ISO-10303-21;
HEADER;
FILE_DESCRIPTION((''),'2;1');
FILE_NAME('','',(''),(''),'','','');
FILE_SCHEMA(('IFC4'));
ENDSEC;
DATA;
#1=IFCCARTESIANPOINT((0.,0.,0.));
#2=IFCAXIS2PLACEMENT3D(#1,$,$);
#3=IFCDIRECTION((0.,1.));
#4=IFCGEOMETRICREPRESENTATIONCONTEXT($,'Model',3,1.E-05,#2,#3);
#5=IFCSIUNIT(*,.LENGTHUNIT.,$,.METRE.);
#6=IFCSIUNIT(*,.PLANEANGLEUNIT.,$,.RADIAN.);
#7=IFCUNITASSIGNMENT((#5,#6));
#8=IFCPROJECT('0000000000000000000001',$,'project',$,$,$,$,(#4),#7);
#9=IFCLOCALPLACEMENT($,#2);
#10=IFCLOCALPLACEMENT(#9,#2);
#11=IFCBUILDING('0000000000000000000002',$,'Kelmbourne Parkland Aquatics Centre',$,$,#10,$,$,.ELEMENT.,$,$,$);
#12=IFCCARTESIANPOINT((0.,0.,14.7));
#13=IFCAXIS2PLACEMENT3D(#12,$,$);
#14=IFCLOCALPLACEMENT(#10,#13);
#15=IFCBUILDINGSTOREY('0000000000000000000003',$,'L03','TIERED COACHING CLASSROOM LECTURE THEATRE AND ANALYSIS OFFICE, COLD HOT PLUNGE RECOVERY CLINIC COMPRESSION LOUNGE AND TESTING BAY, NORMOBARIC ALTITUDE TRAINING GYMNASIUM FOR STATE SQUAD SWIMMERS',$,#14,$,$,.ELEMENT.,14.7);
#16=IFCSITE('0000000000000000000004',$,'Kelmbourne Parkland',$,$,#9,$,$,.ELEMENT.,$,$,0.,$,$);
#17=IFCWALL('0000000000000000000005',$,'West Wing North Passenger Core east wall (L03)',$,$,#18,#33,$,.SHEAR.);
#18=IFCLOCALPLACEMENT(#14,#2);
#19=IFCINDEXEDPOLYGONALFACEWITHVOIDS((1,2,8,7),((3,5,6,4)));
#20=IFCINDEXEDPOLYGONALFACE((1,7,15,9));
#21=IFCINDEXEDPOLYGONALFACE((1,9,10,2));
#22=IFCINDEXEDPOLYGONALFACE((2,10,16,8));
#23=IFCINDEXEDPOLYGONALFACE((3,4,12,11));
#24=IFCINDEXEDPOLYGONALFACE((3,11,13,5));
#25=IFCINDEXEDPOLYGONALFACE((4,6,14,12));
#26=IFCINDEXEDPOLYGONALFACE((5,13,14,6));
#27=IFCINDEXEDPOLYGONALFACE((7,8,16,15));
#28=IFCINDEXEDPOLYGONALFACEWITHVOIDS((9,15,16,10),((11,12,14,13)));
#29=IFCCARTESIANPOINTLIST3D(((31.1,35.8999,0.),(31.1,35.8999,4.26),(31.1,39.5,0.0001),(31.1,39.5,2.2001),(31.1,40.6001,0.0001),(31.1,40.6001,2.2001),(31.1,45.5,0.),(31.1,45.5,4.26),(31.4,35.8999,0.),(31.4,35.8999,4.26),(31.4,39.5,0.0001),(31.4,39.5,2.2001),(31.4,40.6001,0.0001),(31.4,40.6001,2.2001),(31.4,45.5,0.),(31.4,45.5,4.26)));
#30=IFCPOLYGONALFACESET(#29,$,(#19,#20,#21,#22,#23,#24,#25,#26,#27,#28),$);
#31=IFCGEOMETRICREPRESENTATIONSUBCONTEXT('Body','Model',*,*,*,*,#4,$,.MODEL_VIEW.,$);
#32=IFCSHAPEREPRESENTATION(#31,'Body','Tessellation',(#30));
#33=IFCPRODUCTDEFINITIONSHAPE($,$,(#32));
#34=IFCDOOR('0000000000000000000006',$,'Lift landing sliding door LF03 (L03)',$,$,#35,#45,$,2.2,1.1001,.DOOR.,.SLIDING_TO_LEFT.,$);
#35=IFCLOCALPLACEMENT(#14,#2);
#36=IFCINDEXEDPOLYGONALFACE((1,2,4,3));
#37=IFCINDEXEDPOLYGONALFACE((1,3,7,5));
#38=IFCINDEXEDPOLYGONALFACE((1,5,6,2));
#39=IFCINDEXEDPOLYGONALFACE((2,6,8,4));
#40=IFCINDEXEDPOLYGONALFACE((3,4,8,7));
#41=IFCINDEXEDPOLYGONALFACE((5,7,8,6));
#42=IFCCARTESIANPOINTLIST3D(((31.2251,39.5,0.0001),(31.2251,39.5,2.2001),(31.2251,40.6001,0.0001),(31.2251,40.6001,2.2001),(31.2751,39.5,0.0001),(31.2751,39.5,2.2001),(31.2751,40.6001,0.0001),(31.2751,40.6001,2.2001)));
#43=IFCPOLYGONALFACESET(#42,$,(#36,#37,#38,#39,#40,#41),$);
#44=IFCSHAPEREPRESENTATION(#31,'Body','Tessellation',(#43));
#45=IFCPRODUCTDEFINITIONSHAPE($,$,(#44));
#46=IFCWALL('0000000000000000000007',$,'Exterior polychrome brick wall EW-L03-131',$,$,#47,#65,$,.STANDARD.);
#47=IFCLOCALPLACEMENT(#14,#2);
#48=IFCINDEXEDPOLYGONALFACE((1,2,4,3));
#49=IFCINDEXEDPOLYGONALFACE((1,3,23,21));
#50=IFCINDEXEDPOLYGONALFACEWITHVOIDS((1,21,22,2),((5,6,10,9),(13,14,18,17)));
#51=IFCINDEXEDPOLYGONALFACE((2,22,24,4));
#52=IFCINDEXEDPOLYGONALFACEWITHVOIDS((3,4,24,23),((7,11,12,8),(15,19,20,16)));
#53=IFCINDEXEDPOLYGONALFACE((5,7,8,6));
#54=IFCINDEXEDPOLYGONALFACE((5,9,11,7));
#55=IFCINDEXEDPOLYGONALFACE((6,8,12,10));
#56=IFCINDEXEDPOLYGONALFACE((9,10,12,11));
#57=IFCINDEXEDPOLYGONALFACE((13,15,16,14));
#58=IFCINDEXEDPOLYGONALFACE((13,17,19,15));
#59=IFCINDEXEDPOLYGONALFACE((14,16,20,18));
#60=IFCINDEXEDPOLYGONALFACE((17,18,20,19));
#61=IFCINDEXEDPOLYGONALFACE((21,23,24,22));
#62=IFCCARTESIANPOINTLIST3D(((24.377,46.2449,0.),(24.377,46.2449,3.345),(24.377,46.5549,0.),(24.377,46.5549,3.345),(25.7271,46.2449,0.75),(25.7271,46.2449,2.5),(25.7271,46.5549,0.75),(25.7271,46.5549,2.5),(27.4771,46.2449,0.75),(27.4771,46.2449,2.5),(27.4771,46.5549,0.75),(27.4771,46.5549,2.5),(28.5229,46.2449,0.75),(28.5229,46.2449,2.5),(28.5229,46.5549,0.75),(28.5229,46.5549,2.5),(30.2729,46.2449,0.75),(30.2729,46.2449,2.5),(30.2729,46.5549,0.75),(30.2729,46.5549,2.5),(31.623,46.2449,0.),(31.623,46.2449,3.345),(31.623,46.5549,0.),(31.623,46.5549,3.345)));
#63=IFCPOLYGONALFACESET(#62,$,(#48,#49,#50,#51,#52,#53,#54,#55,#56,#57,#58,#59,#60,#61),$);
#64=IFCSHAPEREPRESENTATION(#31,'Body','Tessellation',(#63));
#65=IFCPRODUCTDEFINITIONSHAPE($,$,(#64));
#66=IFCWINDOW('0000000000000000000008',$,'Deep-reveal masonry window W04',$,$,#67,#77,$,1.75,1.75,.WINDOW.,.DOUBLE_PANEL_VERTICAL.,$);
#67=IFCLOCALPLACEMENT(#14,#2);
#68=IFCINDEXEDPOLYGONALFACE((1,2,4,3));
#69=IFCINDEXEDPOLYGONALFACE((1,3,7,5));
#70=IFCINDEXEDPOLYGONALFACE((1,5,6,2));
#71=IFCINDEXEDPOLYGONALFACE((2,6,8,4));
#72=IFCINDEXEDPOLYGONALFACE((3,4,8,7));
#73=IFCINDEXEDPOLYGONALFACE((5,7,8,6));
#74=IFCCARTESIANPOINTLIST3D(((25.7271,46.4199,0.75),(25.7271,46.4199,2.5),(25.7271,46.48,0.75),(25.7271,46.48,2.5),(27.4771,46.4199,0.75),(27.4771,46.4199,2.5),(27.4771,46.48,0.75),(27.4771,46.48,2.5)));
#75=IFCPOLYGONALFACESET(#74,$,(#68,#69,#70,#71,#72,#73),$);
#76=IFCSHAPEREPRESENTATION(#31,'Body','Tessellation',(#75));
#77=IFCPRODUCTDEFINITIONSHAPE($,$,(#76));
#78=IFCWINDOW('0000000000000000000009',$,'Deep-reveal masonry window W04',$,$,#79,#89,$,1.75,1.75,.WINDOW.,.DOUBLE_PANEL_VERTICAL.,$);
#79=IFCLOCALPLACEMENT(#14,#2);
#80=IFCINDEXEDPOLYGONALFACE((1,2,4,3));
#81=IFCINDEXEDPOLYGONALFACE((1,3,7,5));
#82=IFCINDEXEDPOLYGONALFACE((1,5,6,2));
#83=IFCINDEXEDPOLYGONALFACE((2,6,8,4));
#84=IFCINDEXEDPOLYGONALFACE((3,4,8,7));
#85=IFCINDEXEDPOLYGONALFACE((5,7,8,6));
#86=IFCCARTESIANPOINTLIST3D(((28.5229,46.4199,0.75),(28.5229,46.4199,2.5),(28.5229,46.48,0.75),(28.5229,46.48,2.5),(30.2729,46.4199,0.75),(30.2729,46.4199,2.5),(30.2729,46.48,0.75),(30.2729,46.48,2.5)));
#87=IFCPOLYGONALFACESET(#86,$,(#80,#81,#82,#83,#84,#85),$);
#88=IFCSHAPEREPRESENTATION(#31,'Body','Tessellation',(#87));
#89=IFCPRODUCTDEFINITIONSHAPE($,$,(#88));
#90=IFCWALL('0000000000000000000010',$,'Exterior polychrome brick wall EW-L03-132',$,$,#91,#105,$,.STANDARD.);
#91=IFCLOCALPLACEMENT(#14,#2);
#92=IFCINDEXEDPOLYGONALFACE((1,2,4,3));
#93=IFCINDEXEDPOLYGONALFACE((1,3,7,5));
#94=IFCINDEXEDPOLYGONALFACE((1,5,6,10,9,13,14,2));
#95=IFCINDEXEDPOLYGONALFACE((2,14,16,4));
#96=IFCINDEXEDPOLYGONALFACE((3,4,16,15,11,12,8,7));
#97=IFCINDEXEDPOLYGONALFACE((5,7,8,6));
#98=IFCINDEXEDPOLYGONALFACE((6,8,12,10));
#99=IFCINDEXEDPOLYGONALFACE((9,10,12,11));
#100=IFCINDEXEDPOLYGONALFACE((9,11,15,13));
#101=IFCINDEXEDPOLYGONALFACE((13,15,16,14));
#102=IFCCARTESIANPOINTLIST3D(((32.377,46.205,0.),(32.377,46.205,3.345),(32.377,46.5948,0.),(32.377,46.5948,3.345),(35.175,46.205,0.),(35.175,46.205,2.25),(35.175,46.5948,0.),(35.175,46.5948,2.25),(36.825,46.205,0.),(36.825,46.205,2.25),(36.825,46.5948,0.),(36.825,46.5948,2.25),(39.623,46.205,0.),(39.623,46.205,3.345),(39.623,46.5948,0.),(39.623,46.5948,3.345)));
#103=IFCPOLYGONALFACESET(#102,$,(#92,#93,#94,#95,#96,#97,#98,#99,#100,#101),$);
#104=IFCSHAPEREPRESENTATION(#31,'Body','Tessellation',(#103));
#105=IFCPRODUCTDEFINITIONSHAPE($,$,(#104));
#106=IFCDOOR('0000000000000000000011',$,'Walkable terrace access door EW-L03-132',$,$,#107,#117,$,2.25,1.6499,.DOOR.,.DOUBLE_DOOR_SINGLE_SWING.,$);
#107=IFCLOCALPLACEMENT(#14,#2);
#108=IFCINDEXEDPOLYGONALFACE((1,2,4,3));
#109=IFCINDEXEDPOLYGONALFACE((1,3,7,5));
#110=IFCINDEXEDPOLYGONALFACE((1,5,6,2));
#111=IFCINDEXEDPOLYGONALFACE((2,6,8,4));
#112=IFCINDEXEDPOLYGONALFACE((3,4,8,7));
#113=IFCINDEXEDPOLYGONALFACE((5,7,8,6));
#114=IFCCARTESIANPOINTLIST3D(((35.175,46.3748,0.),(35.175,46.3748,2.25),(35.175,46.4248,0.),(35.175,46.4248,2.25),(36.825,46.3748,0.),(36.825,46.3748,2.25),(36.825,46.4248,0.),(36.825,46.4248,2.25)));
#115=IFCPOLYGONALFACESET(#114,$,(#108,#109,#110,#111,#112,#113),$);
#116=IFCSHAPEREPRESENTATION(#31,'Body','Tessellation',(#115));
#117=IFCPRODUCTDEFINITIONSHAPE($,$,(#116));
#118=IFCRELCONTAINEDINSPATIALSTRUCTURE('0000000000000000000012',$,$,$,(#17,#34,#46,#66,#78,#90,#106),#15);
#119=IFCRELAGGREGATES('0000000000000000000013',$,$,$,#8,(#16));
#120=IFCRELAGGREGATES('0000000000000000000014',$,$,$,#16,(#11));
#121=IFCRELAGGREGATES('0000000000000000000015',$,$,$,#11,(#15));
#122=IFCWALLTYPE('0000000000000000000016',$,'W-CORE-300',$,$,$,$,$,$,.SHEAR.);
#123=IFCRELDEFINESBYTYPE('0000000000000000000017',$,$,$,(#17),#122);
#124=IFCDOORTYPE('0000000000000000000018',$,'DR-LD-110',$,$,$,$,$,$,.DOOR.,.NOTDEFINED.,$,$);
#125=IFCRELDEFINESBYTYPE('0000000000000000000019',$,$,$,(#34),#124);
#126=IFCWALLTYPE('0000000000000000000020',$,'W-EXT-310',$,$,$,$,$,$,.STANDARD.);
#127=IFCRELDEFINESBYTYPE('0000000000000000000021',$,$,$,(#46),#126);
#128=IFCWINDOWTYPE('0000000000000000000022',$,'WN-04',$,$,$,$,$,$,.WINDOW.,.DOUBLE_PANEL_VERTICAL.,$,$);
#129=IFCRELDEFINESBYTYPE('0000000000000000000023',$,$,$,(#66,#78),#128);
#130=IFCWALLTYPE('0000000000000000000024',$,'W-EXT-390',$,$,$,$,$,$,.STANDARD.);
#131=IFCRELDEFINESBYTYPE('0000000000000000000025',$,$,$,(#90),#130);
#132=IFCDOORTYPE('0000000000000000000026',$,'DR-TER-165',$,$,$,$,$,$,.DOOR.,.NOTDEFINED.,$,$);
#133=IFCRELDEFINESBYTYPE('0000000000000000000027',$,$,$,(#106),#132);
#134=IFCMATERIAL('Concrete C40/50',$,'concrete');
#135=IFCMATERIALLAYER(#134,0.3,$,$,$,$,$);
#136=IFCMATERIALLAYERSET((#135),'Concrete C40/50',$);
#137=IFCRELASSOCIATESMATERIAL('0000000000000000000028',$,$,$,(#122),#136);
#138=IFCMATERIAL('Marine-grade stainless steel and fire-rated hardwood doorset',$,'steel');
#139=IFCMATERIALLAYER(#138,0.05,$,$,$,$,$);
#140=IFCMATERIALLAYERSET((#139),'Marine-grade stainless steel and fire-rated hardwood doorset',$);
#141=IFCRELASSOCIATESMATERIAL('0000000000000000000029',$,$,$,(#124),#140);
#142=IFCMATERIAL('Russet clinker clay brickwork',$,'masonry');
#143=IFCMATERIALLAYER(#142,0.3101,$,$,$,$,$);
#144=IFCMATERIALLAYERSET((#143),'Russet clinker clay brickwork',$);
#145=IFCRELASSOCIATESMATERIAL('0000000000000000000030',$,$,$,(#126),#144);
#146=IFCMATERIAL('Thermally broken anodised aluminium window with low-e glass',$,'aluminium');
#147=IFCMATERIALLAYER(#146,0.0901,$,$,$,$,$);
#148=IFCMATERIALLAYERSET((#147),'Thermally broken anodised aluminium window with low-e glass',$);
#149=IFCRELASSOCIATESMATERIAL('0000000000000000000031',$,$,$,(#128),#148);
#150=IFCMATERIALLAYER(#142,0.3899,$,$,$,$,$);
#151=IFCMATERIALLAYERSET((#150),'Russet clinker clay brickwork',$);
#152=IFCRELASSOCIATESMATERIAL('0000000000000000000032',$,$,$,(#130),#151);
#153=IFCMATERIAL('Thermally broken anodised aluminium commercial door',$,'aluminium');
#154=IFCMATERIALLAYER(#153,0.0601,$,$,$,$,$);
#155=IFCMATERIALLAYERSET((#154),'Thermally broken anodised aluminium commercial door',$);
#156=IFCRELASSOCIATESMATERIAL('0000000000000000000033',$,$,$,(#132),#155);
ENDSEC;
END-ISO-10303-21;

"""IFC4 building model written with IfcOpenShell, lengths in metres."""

from ifc_helpers import new_model, si_unit, direction, frame, frame_2d, origin, place, context, subcontext, project, spatial, rectangle, extrude, material, layer, layer_set, type_object, element, fill, save


model = new_model("IFC4")

# Units and contexts
model_context = context("Model", 3, precision=1e-05, world=origin(), true_north=direction((0.0, 1.0)))
body_context = subcontext(model_context, "Body", "Model", "MODEL_VIEW")
ifc_project = project(units=[si_unit("LENGTHUNIT", "METRE"), si_unit("PLANEANGLEUNIT", "RADIAN")], contexts=[model_context])

# Site, building, storey
site_placement = place(None, origin())
site = spatial("IfcSite", under=ifc_project, at=site_placement, Name="Kelmbourne Parkland", CompositionType="ELEMENT", RefElevation=0.0)
building_placement = place(site_placement, origin())
building = spatial("IfcBuilding", under=site, at=building_placement, Name="Kelmbourne Parkland Aquatics Centre", CompositionType="ELEMENT")
storey_placement = place(building_placement, frame((0.0, 0.0, 14.7)))
storey = spatial("IfcBuildingStorey", under=building, at=storey_placement, Name="L03", Description="TIERED COACHING CLASSROOM LECTURE THEATRE AND ANALYSIS OFFICE, COLD HOT PLUNGE RECOVERY CLINIC COMPRESSION LOUNGE AND TESTING BAY, NORMOBARIC ALTITUDE TRAINING GYMNASIUM FOR STATE SQUAD SWIMMERS", CompositionType="ELEMENT", Elevation=14.7)

# Shared definitions
ifc_material_1 = material(Name="Concrete C40/50", Category="concrete")

# Shared definitions
ifc_layer_1 = layer(ifc_material_1, 0.3)
ifc_layer_set_1 = layer_set([ifc_layer_1], Name="Concrete C40/50")
wall_type_1 = type_object("IfcWallType", Name="W-CORE-300", PredefinedType="SHEAR", material=ifc_layer_set_1)

# Wall, opening, door
ifc_material_2 = material(Name="Marine-grade stainless steel and fire-rated hardwood doorset", Category="steel")
wall_1_placement = place(storey_placement, frame((31.25, 35.8999, 0.0), z_axis=(0.0, 0.0, 1.0), x_axis=(0.0, 1.0, 0.0)))
wall_1 = element("IfcWall", 1, at=wall_1_placement, inside=storey, type_object=wall_type_1, Name="West Wing North Passenger Core east wall (L03)", PredefinedType="SHEAR", context=body_context, shape_type="SweptSolid", body=[
    extrude(rectangle(XDim=9.6001, YDim=0.3, at=frame_2d((4.8, 0.0))), origin(), (0.0, 0.0, 1.0), 4.26),
])
opening_1_placement = place(wall_1_placement, frame((3.6001, 0.0, 0.0)))
opening_1 = element("IfcOpeningElement", 2, at=opening_1_placement, cuts=wall_1, PredefinedType="OPENING", context=body_context, shape_type="SweptSolid", body=[
    extrude(rectangle(XDim=1.1001, YDim=2.2, at=frame_2d((0.55, 1.1001))), frame((0.0, 0.1621, 0.0), z_axis=(0.0, -1.0, 0.0), x_axis=(1.0, 0.0, 0.0)), (0.0, 0.0, 1.0), 0.324),
])
ifc_layer_2 = layer(ifc_material_2, 0.05)
ifc_layer_set_2 = layer_set([ifc_layer_2], Name="Marine-grade stainless steel and fire-rated hardwood doorset")
door_type_1 = type_object("IfcDoorType", Name="DR-LD-110", OperationType="NOTDEFINED", PredefinedType="DOOR", material=ifc_layer_set_2)
door_1_placement = place(opening_1_placement, origin())
door_1 = element("IfcDoor", 3, at=door_1_placement, inside=storey, type_object=door_type_1, Name="Lift landing sliding door LF03 (L03)", OperationType="SLIDING_TO_LEFT", OverallHeight=2.2, OverallWidth=1.1001, PredefinedType="DOOR", context=body_context, shape_type="SweptSolid", body=[
    extrude(rectangle(XDim=1.1001, YDim=2.2, at=frame_2d((0.55, 1.1001))), frame((0.0, 0.0249, 0.0), z_axis=(0.0, -1.0, 0.0), x_axis=(1.0, 0.0, 0.0)), (0.0, 0.0, 1.0), 0.05),
])
fill(opening_1, door_1)

# Wall, openings, windows
ifc_material_3 = material(Name="Russet clinker clay brickwork", Category="masonry")
ifc_layer_3 = layer(ifc_material_3, 0.3101)
ifc_layer_set_3 = layer_set([ifc_layer_3], Name="Russet clinker clay brickwork")
wall_type_2 = type_object("IfcWallType", Name="W-EXT-310", PredefinedType="STANDARD", material=ifc_layer_set_3)
wall_2_placement = place(storey_placement, frame((24.377, 46.3999, 0.0), z_axis=(0.0, 0.0, 1.0), x_axis=(1.0, 0.0, 0.0)))
wall_2 = element("IfcWall", 4, at=wall_2_placement, inside=storey, type_object=wall_type_2, Name="Exterior polychrome brick wall EW-L03-131", PredefinedType="STANDARD", context=body_context, shape_type="SweptSolid", body=[
    extrude(rectangle(XDim=7.2461, YDim=0.3101, at=frame_2d((3.623, 0.0))), origin(), (0.0, 0.0, 1.0), 3.345),
])
opening_2_placement = place(wall_2_placement, frame((1.3501, 0.0, 0.75)))
opening_2 = element("IfcOpeningElement", 5, at=opening_2_placement, cuts=wall_2, PredefinedType="OPENING", context=body_context, shape_type="SweptSolid", body=[
    extrude(rectangle(XDim=1.75, YDim=1.75, at=frame_2d((0.875, 0.875))), frame((0.0, 0.167, 0.0), z_axis=(0.0, -1.0, 0.0), x_axis=(1.0, 0.0, 0.0)), (0.0, 0.0, 1.0), 0.334),
])
opening_3_placement = place(wall_2_placement, frame((4.146, 0.0, 0.75)))
opening_3 = element("IfcOpeningElement", 6, at=opening_3_placement, cuts=wall_2, PredefinedType="OPENING", context=body_context, shape_type="SweptSolid", body=[
    extrude(rectangle(XDim=1.75, YDim=1.75, at=frame_2d((0.875, 0.875))), frame((0.0, 0.167, 0.0), z_axis=(0.0, -1.0, 0.0), x_axis=(1.0, 0.0, 0.0)), (0.0, 0.0, 1.0), 0.334),
])
ifc_material_4 = material(Name="Thermally broken anodised aluminium window with low-e glass", Category="aluminium")
ifc_layer_4 = layer(ifc_material_4, 0.0901)
ifc_layer_set_4 = layer_set([ifc_layer_4], Name="Thermally broken anodised aluminium window with low-e glass")
window_type = type_object("IfcWindowType", Name="WN-04", PartitioningType="DOUBLE_PANEL_VERTICAL", PredefinedType="WINDOW", material=ifc_layer_set_4)
window_1_placement = place(opening_2_placement, origin())
window_1 = element("IfcWindow", 7, at=window_1_placement, inside=storey, type_object=window_type, Name="Deep-reveal masonry window W04", OverallHeight=1.75, OverallWidth=1.75, PartitioningType="DOUBLE_PANEL_VERTICAL", PredefinedType="WINDOW", context=body_context, shape_type="SweptSolid", body=[
    extrude(rectangle(XDim=1.75, YDim=1.75, at=frame_2d((0.875, 0.875))), frame((0.0, 0.0801, 0.0), z_axis=(0.0, -1.0, 0.0), x_axis=(1.0, 0.0, 0.0)), (0.0, 0.0, 1.0), 0.0601),
])
fill(opening_2, window_1)
window_2_placement = place(opening_3_placement, origin())
window_2 = element("IfcWindow", 8, at=window_2_placement, inside=storey, type_object=window_type, Name="Deep-reveal masonry window W04", OverallHeight=1.75, OverallWidth=1.75, PartitioningType="DOUBLE_PANEL_VERTICAL", PredefinedType="WINDOW", context=body_context, shape_type="SweptSolid", body=[
    extrude(rectangle(XDim=1.75, YDim=1.75, at=frame_2d((0.875, 0.875))), frame((0.0, 0.0801, 0.0), z_axis=(0.0, -1.0, 0.0), x_axis=(1.0, 0.0, 0.0)), (0.0, 0.0, 1.0), 0.0601),
])
fill(opening_3, window_2)

# Wall, opening, door
ifc_layer_5 = layer(ifc_material_3, 0.3899)
ifc_layer_set_5 = layer_set([ifc_layer_5], Name="Russet clinker clay brickwork")
wall_type_3 = type_object("IfcWallType", Name="W-EXT-390", PredefinedType="STANDARD", material=ifc_layer_set_5)
wall_3_placement = place(storey_placement, frame((32.377, 46.3999, 0.0), z_axis=(0.0, 0.0, 1.0), x_axis=(1.0, 0.0, 0.0)))
wall_3 = element("IfcWall", 9, at=wall_3_placement, inside=storey, type_object=wall_type_3, Name="Exterior polychrome brick wall EW-L03-132", PredefinedType="STANDARD", context=body_context, shape_type="SweptSolid", body=[
    extrude(rectangle(XDim=7.2461, YDim=0.3899, at=frame_2d((3.623, 0.0))), origin(), (0.0, 0.0, 1.0), 3.345),
])
opening_4_placement = place(wall_3_placement, frame((2.7981, 0.0, 0.0)))
opening_4 = element("IfcOpeningElement", 10, at=opening_4_placement, cuts=wall_3, PredefinedType="OPENING", context=body_context, shape_type="SweptSolid", body=[
    extrude(rectangle(XDim=1.6499, YDim=2.25, at=frame_2d((0.825, 1.125))), frame((0.0, 0.207, 0.0), z_axis=(0.0, -1.0, 0.0), x_axis=(1.0, 0.0, 0.0)), (0.0, 0.0, 1.0), 0.4138),
])
ifc_material_5 = material(Name="Thermally broken anodised aluminium commercial door", Category="aluminium")
ifc_layer_6 = layer(ifc_material_5, 0.0601)
ifc_layer_set_6 = layer_set([ifc_layer_6], Name="Thermally broken anodised aluminium commercial door")
door_type_2 = type_object("IfcDoorType", Name="DR-TER-165", OperationType="NOTDEFINED", PredefinedType="DOOR", material=ifc_layer_set_6)
door_2_placement = place(opening_4_placement, origin())
door_2 = element("IfcDoor", 11, at=door_2_placement, inside=storey, type_object=door_type_2, Name="Walkable terrace access door EW-L03-132", OperationType="DOUBLE_DOOR_SINGLE_SWING", OverallHeight=2.25, OverallWidth=1.6499, PredefinedType="DOOR", context=body_context, shape_type="SweptSolid", body=[
    extrude(rectangle(XDim=1.6499, YDim=2.25, at=frame_2d((0.825, 1.125))), frame((0.0, 0.0249, 0.0), z_axis=(0.0, -1.0, 0.0), x_axis=(1.0, 0.0, 0.0)), (0.0, 0.0, 1.0), 0.05),
])
fill(opening_4, door_2)

save(model, "model.ifc")
